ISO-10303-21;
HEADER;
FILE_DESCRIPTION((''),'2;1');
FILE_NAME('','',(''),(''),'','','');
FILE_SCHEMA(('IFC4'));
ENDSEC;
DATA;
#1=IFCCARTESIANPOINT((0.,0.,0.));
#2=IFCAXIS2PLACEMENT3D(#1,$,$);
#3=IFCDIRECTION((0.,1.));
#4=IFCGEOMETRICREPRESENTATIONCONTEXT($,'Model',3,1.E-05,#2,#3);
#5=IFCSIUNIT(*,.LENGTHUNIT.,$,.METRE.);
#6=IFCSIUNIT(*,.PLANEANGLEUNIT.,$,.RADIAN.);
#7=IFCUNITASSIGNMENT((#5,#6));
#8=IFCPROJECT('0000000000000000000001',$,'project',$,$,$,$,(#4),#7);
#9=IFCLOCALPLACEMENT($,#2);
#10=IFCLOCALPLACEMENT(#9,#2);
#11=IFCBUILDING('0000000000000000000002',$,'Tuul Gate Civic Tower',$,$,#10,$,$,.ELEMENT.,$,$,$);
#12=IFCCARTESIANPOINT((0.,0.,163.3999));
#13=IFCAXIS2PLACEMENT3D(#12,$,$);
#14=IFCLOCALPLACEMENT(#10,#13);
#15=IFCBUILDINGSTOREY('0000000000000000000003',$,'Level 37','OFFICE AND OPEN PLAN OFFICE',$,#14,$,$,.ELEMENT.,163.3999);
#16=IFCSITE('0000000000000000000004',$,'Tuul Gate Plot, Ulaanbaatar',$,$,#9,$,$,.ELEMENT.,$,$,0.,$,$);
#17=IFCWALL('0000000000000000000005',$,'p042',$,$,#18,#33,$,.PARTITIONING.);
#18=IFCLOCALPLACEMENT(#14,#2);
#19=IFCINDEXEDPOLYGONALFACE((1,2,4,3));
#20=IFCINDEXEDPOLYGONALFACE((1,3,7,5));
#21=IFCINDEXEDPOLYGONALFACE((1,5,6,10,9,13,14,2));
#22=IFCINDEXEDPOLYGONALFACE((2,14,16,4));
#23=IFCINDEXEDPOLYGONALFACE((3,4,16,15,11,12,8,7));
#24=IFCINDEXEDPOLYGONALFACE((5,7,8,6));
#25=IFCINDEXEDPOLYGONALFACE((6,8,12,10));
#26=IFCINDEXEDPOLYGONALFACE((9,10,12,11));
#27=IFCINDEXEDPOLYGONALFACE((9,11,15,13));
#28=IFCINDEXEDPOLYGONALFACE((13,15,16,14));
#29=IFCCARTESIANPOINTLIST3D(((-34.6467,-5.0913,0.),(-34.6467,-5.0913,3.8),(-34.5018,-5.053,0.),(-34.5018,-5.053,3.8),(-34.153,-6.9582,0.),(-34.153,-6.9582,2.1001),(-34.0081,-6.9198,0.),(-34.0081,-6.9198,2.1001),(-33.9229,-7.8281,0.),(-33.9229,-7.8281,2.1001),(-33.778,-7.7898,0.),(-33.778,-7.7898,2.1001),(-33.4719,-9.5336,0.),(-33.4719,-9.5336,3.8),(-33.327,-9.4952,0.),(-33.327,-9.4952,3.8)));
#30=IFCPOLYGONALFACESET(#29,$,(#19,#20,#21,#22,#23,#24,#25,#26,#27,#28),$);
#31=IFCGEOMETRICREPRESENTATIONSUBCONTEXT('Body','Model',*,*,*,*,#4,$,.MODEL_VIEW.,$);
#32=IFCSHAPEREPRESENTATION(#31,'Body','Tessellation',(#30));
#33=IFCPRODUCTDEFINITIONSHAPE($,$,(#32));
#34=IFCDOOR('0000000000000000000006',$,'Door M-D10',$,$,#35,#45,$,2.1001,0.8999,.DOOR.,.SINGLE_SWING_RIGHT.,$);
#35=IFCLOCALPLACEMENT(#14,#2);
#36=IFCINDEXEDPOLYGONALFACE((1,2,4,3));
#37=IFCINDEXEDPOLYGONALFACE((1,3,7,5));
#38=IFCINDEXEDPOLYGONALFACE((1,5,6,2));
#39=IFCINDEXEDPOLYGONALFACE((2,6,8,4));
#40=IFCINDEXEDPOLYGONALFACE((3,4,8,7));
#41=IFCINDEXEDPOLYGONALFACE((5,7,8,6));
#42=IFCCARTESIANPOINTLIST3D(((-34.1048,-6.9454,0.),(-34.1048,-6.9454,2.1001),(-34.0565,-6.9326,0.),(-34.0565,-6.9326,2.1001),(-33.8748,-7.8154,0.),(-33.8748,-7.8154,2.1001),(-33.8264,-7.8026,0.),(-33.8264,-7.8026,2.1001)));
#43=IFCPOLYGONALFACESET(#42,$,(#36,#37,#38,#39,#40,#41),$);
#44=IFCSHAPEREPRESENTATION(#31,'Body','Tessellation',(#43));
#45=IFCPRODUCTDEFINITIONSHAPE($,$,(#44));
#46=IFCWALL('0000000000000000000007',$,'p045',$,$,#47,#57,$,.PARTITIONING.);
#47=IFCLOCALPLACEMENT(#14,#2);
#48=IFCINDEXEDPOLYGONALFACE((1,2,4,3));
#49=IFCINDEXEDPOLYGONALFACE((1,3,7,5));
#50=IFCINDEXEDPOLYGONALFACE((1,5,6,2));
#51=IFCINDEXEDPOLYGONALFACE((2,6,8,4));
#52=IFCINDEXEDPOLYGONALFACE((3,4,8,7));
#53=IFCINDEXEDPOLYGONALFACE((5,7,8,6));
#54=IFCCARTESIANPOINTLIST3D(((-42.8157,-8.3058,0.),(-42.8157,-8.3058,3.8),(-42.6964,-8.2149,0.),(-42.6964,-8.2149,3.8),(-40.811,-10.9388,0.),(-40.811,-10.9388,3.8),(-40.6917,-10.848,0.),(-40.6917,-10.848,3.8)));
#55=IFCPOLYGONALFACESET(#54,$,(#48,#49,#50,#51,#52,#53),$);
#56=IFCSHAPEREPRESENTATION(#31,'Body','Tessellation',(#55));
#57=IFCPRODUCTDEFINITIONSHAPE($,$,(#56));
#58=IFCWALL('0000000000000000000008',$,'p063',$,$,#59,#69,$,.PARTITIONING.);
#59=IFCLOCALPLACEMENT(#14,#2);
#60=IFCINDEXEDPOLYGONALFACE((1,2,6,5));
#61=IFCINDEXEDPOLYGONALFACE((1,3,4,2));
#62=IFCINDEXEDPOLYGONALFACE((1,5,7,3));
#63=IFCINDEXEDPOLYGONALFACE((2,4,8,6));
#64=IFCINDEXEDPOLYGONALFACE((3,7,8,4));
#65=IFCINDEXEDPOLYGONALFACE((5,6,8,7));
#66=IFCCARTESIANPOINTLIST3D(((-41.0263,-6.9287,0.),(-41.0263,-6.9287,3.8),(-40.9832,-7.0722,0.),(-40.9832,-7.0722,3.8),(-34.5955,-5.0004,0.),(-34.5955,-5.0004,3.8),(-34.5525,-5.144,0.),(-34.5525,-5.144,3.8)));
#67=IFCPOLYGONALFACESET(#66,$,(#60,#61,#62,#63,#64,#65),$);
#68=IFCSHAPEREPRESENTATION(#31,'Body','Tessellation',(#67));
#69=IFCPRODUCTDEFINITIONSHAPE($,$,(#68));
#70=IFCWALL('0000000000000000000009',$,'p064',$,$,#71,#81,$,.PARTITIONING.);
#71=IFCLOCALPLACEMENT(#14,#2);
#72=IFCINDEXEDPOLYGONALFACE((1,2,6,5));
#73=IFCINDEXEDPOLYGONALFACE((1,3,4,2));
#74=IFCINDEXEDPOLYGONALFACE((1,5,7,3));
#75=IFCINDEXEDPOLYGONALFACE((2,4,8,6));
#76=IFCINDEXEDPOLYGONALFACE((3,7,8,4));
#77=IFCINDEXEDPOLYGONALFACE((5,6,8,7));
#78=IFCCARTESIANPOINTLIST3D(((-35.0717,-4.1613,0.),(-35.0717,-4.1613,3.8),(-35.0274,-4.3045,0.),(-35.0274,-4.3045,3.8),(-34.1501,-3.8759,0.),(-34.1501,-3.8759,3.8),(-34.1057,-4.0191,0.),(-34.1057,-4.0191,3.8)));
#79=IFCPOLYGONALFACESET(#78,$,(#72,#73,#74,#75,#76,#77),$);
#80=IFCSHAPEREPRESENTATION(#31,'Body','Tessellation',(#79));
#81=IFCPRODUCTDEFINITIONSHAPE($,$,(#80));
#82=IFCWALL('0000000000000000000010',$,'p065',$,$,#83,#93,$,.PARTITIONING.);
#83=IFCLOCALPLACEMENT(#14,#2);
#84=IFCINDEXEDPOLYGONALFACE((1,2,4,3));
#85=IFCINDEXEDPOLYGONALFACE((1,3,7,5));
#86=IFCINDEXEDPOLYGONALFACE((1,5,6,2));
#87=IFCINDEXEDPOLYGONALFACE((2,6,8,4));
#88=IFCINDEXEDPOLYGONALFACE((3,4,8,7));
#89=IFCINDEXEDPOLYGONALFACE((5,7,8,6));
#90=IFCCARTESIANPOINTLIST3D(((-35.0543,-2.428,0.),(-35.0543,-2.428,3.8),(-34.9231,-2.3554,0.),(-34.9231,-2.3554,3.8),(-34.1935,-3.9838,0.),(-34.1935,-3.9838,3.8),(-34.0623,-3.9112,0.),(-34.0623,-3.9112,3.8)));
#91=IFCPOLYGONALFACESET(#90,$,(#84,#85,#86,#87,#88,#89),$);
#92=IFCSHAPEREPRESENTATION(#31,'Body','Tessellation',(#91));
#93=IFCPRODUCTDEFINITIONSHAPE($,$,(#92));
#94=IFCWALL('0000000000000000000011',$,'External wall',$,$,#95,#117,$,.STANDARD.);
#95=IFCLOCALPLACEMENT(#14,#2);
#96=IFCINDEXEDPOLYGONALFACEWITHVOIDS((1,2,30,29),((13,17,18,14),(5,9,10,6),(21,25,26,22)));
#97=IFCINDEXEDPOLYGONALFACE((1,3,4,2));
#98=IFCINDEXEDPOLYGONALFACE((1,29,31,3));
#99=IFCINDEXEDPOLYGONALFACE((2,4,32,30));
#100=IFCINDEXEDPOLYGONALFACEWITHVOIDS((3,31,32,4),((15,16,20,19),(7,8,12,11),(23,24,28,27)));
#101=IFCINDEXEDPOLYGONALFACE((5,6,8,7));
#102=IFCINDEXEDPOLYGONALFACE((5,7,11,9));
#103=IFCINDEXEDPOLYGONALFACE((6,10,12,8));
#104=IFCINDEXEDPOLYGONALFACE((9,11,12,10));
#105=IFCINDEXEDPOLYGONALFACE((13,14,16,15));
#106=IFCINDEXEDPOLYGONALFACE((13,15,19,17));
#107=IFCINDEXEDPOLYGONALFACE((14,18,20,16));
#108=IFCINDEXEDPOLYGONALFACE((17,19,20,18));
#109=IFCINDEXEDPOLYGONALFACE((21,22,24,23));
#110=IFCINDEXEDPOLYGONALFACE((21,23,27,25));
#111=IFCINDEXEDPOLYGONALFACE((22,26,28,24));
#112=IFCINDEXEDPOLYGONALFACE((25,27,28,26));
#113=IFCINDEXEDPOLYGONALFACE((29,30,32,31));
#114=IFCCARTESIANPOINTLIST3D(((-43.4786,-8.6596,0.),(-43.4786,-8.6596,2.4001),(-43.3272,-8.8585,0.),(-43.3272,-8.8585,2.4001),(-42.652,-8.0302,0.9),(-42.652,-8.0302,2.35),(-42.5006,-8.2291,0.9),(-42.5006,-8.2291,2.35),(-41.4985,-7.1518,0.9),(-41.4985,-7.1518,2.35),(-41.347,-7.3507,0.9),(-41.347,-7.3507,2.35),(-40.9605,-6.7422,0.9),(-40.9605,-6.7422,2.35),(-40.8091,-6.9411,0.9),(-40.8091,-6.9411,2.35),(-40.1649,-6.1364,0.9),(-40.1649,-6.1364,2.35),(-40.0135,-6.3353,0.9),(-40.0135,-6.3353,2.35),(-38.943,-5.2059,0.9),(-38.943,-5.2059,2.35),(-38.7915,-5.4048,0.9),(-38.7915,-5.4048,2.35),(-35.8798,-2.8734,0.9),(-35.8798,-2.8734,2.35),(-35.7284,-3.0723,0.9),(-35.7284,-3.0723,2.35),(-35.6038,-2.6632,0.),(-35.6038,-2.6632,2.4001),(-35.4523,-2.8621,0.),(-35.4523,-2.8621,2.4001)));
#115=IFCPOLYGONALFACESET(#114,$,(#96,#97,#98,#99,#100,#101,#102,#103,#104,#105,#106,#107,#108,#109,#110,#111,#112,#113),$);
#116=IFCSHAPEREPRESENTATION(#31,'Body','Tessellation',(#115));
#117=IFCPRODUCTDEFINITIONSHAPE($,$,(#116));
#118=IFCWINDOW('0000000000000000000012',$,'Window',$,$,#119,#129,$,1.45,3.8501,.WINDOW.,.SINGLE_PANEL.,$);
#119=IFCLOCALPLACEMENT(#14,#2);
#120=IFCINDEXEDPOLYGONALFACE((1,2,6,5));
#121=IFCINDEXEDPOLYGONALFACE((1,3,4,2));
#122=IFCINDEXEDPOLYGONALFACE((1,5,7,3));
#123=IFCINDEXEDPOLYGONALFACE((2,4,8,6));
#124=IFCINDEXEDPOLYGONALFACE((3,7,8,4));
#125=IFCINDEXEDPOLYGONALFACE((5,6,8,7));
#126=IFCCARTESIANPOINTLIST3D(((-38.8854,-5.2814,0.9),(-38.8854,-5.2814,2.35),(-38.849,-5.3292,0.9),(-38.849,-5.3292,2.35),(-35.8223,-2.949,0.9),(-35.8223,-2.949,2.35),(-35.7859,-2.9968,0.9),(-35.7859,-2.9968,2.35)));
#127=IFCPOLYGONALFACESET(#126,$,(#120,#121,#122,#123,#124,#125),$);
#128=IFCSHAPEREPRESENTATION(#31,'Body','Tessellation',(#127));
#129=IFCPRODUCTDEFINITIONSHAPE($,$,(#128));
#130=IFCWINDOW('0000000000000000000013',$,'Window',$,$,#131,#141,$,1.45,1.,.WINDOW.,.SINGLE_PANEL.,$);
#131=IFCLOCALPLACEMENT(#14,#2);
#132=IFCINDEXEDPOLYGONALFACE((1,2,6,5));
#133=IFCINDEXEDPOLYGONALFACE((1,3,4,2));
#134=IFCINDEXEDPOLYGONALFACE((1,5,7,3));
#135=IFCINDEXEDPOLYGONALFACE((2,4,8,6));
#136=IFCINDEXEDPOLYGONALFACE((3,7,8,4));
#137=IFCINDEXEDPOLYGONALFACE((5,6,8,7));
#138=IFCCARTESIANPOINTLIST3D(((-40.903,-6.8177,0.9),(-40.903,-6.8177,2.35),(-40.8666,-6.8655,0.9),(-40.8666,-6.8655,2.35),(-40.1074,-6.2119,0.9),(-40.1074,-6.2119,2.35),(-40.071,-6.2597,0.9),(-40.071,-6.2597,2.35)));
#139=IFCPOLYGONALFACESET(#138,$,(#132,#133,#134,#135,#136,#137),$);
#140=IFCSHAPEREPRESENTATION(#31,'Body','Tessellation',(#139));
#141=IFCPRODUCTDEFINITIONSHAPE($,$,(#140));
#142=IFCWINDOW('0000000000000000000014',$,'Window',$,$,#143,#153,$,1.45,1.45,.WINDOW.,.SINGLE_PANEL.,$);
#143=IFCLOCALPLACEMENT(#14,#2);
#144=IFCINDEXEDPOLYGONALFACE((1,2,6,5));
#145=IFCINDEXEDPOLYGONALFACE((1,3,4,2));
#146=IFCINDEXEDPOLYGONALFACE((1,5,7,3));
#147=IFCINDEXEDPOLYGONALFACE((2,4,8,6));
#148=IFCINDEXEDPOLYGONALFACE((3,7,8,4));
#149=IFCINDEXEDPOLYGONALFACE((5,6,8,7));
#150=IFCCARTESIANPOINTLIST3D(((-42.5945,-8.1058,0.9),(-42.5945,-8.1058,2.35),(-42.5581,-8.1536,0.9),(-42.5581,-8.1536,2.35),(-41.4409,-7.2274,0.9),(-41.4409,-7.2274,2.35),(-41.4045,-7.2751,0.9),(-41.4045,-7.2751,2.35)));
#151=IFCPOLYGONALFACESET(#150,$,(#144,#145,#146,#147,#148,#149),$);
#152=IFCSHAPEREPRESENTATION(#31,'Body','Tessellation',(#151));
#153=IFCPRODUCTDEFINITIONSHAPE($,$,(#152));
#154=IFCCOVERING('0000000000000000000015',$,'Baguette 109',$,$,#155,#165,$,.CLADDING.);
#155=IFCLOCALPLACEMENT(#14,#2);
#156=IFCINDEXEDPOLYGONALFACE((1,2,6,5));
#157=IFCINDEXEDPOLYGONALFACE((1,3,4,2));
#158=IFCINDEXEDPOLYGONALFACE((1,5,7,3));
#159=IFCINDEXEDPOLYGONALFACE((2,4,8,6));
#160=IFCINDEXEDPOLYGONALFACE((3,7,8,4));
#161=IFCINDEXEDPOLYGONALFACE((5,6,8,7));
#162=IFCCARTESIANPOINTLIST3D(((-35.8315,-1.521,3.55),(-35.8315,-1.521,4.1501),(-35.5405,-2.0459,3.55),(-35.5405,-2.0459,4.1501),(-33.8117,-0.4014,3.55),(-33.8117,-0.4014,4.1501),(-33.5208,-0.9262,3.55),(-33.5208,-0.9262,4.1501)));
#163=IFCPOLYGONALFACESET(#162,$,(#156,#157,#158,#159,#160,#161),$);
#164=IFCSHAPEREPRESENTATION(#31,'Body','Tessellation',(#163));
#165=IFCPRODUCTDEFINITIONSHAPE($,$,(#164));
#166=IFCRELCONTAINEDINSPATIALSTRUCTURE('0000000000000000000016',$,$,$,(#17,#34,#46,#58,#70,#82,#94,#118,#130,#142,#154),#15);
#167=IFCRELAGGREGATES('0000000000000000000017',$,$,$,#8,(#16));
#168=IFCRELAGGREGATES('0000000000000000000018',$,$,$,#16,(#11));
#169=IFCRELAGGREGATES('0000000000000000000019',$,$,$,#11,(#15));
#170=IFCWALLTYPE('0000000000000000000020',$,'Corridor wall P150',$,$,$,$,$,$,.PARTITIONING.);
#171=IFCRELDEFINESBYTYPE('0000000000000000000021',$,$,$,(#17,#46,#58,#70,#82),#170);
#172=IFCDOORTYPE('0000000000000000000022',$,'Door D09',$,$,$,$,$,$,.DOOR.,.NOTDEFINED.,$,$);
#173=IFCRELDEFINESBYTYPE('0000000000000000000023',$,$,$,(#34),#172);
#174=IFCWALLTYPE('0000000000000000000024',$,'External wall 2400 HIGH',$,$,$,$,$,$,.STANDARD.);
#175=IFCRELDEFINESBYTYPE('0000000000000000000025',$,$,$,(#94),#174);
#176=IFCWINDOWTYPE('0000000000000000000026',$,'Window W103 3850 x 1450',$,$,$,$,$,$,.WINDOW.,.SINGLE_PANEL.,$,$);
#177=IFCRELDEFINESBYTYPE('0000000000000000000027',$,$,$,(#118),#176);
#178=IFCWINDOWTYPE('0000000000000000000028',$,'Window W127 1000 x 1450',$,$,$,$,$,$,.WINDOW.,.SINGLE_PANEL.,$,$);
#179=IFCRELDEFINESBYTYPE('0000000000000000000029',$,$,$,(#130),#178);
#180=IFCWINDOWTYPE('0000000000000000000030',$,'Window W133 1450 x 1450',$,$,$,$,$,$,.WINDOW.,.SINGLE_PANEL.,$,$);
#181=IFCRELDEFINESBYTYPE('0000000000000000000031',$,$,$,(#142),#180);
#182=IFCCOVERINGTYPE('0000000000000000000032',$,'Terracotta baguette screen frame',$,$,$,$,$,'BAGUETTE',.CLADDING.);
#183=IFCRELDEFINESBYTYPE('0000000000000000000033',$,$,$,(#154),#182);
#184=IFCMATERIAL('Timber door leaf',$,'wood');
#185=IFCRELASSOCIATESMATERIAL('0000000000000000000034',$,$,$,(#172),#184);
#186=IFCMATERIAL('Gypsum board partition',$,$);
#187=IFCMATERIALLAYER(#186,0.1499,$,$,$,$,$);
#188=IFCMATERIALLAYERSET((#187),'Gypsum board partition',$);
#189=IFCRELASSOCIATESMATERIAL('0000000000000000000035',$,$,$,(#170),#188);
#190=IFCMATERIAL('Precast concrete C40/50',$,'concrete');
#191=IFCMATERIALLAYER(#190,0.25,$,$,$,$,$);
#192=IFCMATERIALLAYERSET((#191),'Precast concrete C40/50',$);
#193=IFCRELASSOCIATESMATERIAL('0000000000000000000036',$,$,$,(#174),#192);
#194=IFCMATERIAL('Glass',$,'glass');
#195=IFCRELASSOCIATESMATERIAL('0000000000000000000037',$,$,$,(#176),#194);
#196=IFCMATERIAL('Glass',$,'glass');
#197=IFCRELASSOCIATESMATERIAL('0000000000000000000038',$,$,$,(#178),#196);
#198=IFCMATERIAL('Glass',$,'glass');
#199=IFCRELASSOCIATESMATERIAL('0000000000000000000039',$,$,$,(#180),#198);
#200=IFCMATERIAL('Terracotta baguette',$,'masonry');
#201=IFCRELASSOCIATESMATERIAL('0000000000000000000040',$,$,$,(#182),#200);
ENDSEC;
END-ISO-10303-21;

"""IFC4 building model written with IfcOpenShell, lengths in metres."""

from ifc_helpers import new_model, si_unit, direction, frame, frame_2d, origin, origin_2d, place, context, subcontext, project, spatial, rectangle, extrude, material, layer, layer_set, material_profile, profile_set, type_object, element, fill, save


model = new_model("IFC4")

# Units and contexts
model_context = context("Model", 3, precision=1e-05, world=origin(), true_north=direction((0.0, 1.0)))
body_context = subcontext(model_context, "Body", "Model", "MODEL_VIEW")
ifc_project = project(units=[si_unit("LENGTHUNIT", "METRE"), si_unit("PLANEANGLEUNIT", "RADIAN")], contexts=[model_context])

# Site, building, storey
site_placement = place(None, origin())
site = spatial("IfcSite", under=ifc_project, at=site_placement, Name="Tuul Gate Plot, Ulaanbaatar", CompositionType="ELEMENT", RefElevation=0.0)
building_placement = place(site_placement, origin())
building = spatial("IfcBuilding", under=site, at=building_placement, Name="Tuul Gate Civic Tower", CompositionType="ELEMENT")
storey_placement = place(building_placement, frame((0.0, 0.0, 163.3999)))
storey = spatial("IfcBuildingStorey", under=building, at=storey_placement, Name="Level 37", Description="OFFICE AND OPEN PLAN OFFICE", CompositionType="ELEMENT", Elevation=163.3999)

# Shared definitions
ifc_material_1 = material(Name="Timber door leaf", Category="wood")
door_type = type_object("IfcDoorType", Name="Door D09", OperationType="NOTDEFINED", PredefinedType="DOOR", material=ifc_material_1)

# Shared definitions
ifc_material_2 = material(Name="Gypsum board partition")
ifc_layer_1 = layer(ifc_material_2, 0.1499)
ifc_layer_set_1 = layer_set([ifc_layer_1], Name="Gypsum board partition")
wall_type_1 = type_object("IfcWallType", Name="Corridor wall P150", PredefinedType="PARTITIONING", material=ifc_layer_set_1)

# Wall, opening, door
wall_1_placement = place(storey_placement, frame((-34.5742, -5.0723, 0.0), z_axis=(0.0, 0.0, 1.0), x_axis=(0.255678, -0.966762, 0.0)))
wall_1 = element("IfcWall", 1, at=wall_1_placement, inside=storey, type_object=wall_type_1, Name="p042", PredefinedType="PARTITIONING", context=body_context, shape_type="SweptSolid", body=[
    extrude(rectangle(XDim=4.595, YDim=0.1499, at=frame_2d((2.2974, 0.0))), origin(), (0.0, 0.0, 1.0), 3.8),
])
opening_1_placement = place(wall_1_placement, frame((1.9309, 0.0, 0.0)))
opening_1 = element("IfcOpeningElement", 2, at=opening_1_placement, cuts=wall_1, PredefinedType="OPENING", context=body_context, shape_type="SweptSolid", body=[
    extrude(rectangle(XDim=0.8999, YDim=2.1001, at=frame_2d((0.45, 1.05))), frame((0.0, 0.085, 0.0), z_axis=(0.0, -1.0, 0.0), x_axis=(1.0, 0.0, 0.0)), (0.0, 0.0, 1.0), 0.1699),
])
door_1_placement = place(opening_1_placement, origin())
door_1 = element("IfcDoor", 3, at=door_1_placement, inside=storey, type_object=door_type, Name="Door M-D10", OperationType="SINGLE_SWING_RIGHT", OverallHeight=2.1001, OverallWidth=0.8999, PredefinedType="DOOR", context=body_context, shape_type="SweptSolid", body=[
    extrude(rectangle(XDim=0.8999, YDim=2.1001, at=frame_2d((0.45, 1.05))), frame((0.0, 0.0249, 0.0), z_axis=(0.0, -1.0, 0.0), x_axis=(1.0, 0.0, 0.0)), (0.0, 0.0, 1.0), 0.05),
])
fill(opening_1, door_1)

# Walls
wall_2_placement = place(storey_placement, frame((-42.7561, -8.2603, 0.0), z_axis=(0.0, 0.0, 1.0), x_axis=(0.605756, -0.79565, 0.0)))
element("IfcWall", 4, at=wall_2_placement, inside=storey, type_object=wall_type_1, Name="p045", PredefinedType="PARTITIONING", context=body_context, shape_type="SweptSolid", body=[
    extrude(rectangle(XDim=3.3093, YDim=0.1499, at=frame_2d((1.6548, 0.0))), origin(), (0.0, 0.0, 1.0), 3.8),
])
wall_3_placement = place(storey_placement, frame((-41.0049, -7.0005, 0.0), z_axis=(0.0, 0.0, 1.0), x_axis=(0.957866, 0.287214, 0.0)))
element("IfcWall", 5, at=wall_3_placement, inside=storey, type_object=wall_type_1, Name="p063", PredefinedType="PARTITIONING", context=body_context, shape_type="SweptSolid", body=[
    extrude(rectangle(XDim=6.7136, YDim=0.1499, at=frame_2d((3.3569, 0.0))), origin(), (0.0, 0.0, 1.0), 3.8),
])
wall_4_placement = place(storey_placement, frame((-35.0496, -4.2329, 0.0), z_axis=(0.0, 0.0, 1.0), x_axis=(0.955247, 0.29581, 0.0)))
element("IfcWall", 6, at=wall_4_placement, inside=storey, type_object=wall_type_1, Name="p064", PredefinedType="PARTITIONING", context=body_context, shape_type="SweptSolid", body=[
    extrude(rectangle(XDim=0.9648, YDim=0.1499, at=frame_2d((0.4824, 0.0))), origin(), (0.0, 0.0, 1.0), 3.8),
])
wall_5_placement = place(storey_placement, frame((-34.9888, -2.3916, 0.0), z_axis=(0.0, 0.0, 1.0), x_axis=(0.484115, -0.875004, 0.0)))
element("IfcWall", 7, at=wall_5_placement, inside=storey, type_object=wall_type_1, Name="p065", PredefinedType="PARTITIONING", context=body_context, shape_type="SweptSolid", body=[
    extrude(rectangle(XDim=1.7781, YDim=0.1499, at=frame_2d((0.8892, 0.0))), origin(), (0.0, 0.0, 1.0), 3.8),
])

# Wall, openings, windows
ifc_material_3 = material(Name="Precast concrete C40/50", Category="concrete")
ifc_layer_2 = layer(ifc_material_3, 0.25)
ifc_layer_set_2 = layer_set([ifc_layer_2], Name="Precast concrete C40/50")
wall_type_2 = type_object("IfcWallType", Name="External wall 2400 HIGH", PredefinedType="STANDARD", material=ifc_layer_set_2)
wall_6_placement = place(storey_placement, frame((-35.5281, -2.7627, 0.0), z_axis=(0.0, 0.0, 1.0), x_axis=(-0.795601, -0.605821, 0.0)))
wall_6 = element("IfcWall", 8, at=wall_6_placement, inside=storey, type_object=wall_type_2, Name="External wall", PredefinedType="STANDARD", context=body_context, shape_type="SweptSolid", body=[
    extrude(rectangle(XDim=9.8979, YDim=0.25, at=frame_2d((4.949, 0.0))), origin(), (0.0, 0.0, 1.0), 2.4001),
])
opening_2_placement = place(wall_6_placement, frame((0.3469, 0.0, 0.8999)))
opening_2 = element("IfcOpeningElement", 9, at=opening_2_placement, cuts=wall_6, PredefinedType="OPENING", context=body_context, shape_type="SweptSolid", body=[
    extrude(rectangle(XDim=3.8501, YDim=1.45, at=frame_2d((1.925, 0.7251))), frame((0.0, 0.135, 0.0), z_axis=(0.0, -1.0, 0.0), x_axis=(1.0, 0.0, 0.0)), (0.0, 0.0, 1.0), 0.27),
])
opening_3_placement = place(wall_6_placement, frame((5.7329, 0.0, 0.8999)))
opening_3 = element("IfcOpeningElement", 10, at=opening_3_placement, cuts=wall_6, PredefinedType="OPENING", context=body_context, shape_type="SweptSolid", body=[
    extrude(rectangle(XDim=1.0, YDim=1.45, at=frame_2d((0.5, 0.7251))), frame((0.0, 0.135, 0.0), z_axis=(0.0, -1.0, 0.0), x_axis=(1.0, 0.0, 0.0)), (0.0, 0.0, 1.0), 0.27),
])
opening_4_placement = place(wall_6_placement, frame((7.4089, 0.0, 0.8999)))
opening_4 = element("IfcOpeningElement", 11, at=opening_4_placement, cuts=wall_6, PredefinedType="OPENING", context=body_context, shape_type="SweptSolid", body=[
    extrude(rectangle(XDim=1.45, YDim=1.45, at=frame_2d((0.7251, 0.7251))), frame((0.0, 0.135, 0.0), z_axis=(0.0, -1.0, 0.0), x_axis=(1.0, 0.0, 0.0)), (0.0, 0.0, 1.0), 0.27),
])
ifc_material_4 = material(Name="Glass", Category="glass")
window_type_1 = type_object("IfcWindowType", Name="Window W103 3850 x 1450", PartitioningType="SINGLE_PANEL", PredefinedType="WINDOW", material=ifc_material_4)
window_1_placement = place(opening_2_placement, origin())
window_1 = element("IfcWindow", 12, at=window_1_placement, inside=storey, type_object=window_type_1, Name="Window", OverallHeight=1.45, OverallWidth=3.8501, PartitioningType="SINGLE_PANEL", PredefinedType="WINDOW", context=body_context, shape_type="SweptSolid", body=[
    extrude(rectangle(XDim=3.8501, YDim=1.45, at=frame_2d((1.925, 0.7251))), frame((0.0, 0.03, 0.0), z_axis=(0.0, -1.0, 0.0), x_axis=(1.0, 0.0, 0.0)), (0.0, 0.0, 1.0), 0.0601),
])
fill(opening_2, window_1)
ifc_material_5 = material(Name="Glass", Category="glass")
window_type_2 = type_object("IfcWindowType", Name="Window W127 1000 x 1450", PartitioningType="SINGLE_PANEL", PredefinedType="WINDOW", material=ifc_material_5)
window_2_placement = place(opening_3_placement, origin())
window_2 = element("IfcWindow", 13, at=window_2_placement, inside=storey, type_object=window_type_2, Name="Window", OverallHeight=1.45, OverallWidth=1.0, PartitioningType="SINGLE_PANEL", PredefinedType="WINDOW", context=body_context, shape_type="SweptSolid", body=[
    extrude(rectangle(XDim=1.0, YDim=1.45, at=frame_2d((0.5, 0.7251))), frame((0.0, 0.03, 0.0), z_axis=(0.0, -1.0, 0.0), x_axis=(1.0, 0.0, 0.0)), (0.0, 0.0, 1.0), 0.0601),
])
fill(opening_3, window_2)
ifc_material_6 = material(Name="Glass", Category="glass")
window_type_3 = type_object("IfcWindowType", Name="Window W133 1450 x 1450", PartitioningType="SINGLE_PANEL", PredefinedType="WINDOW", material=ifc_material_6)
window_3_placement = place(opening_4_placement, origin())
window_3 = element("IfcWindow", 14, at=window_3_placement, inside=storey, type_object=window_type_3, Name="Window", OverallHeight=1.45, OverallWidth=1.45, PartitioningType="SINGLE_PANEL", PredefinedType="WINDOW", context=body_context, shape_type="SweptSolid", body=[
    extrude(rectangle(XDim=1.45, YDim=1.45, at=frame_2d((0.7251, 0.7251))), frame((0.0, 0.03, 0.0), z_axis=(0.0, -1.0, 0.0), x_axis=(1.0, 0.0, 0.0)), (0.0, 0.0, 1.0), 0.0601),
])
fill(opening_4, window_3)

# Covering
ifc_material_7 = material(Name="Terracotta baguette", Category="masonry")
ifc_material_profile_1 = material_profile(ifc_material_7, rectangle(XDim=0.6001, YDim=0.6001, at=origin_2d()), Name="Terracotta baguette screen frame")
ifc_profile_set_1 = profile_set([ifc_material_profile_1], Name="Terracotta baguette")
covering_type = type_object("IfcCoveringType", Name="Terracotta baguette screen frame", ElementType="BAGUETTE", PredefinedType="CLADDING", material=ifc_profile_set_1)
covering_1_placement = place(storey_placement, frame((-33.6663, -0.6638, 3.8501), z_axis=(-0.874611, -0.484826, 0.0), x_axis=(0.484826, -0.874611, 0.0)))
element("IfcCovering", 15, at=covering_1_placement, inside=storey, type_object=covering_type, Name="Baguette 109", PredefinedType="CLADDING", context=body_context, shape_type="SweptSolid", body=[
    extrude(rectangle(XDim=0.6001, YDim=0.6001, at=origin_2d()), origin(), (0.0, 0.0, 1.0), 2.3093),
])

save(model, "model.ifc")
